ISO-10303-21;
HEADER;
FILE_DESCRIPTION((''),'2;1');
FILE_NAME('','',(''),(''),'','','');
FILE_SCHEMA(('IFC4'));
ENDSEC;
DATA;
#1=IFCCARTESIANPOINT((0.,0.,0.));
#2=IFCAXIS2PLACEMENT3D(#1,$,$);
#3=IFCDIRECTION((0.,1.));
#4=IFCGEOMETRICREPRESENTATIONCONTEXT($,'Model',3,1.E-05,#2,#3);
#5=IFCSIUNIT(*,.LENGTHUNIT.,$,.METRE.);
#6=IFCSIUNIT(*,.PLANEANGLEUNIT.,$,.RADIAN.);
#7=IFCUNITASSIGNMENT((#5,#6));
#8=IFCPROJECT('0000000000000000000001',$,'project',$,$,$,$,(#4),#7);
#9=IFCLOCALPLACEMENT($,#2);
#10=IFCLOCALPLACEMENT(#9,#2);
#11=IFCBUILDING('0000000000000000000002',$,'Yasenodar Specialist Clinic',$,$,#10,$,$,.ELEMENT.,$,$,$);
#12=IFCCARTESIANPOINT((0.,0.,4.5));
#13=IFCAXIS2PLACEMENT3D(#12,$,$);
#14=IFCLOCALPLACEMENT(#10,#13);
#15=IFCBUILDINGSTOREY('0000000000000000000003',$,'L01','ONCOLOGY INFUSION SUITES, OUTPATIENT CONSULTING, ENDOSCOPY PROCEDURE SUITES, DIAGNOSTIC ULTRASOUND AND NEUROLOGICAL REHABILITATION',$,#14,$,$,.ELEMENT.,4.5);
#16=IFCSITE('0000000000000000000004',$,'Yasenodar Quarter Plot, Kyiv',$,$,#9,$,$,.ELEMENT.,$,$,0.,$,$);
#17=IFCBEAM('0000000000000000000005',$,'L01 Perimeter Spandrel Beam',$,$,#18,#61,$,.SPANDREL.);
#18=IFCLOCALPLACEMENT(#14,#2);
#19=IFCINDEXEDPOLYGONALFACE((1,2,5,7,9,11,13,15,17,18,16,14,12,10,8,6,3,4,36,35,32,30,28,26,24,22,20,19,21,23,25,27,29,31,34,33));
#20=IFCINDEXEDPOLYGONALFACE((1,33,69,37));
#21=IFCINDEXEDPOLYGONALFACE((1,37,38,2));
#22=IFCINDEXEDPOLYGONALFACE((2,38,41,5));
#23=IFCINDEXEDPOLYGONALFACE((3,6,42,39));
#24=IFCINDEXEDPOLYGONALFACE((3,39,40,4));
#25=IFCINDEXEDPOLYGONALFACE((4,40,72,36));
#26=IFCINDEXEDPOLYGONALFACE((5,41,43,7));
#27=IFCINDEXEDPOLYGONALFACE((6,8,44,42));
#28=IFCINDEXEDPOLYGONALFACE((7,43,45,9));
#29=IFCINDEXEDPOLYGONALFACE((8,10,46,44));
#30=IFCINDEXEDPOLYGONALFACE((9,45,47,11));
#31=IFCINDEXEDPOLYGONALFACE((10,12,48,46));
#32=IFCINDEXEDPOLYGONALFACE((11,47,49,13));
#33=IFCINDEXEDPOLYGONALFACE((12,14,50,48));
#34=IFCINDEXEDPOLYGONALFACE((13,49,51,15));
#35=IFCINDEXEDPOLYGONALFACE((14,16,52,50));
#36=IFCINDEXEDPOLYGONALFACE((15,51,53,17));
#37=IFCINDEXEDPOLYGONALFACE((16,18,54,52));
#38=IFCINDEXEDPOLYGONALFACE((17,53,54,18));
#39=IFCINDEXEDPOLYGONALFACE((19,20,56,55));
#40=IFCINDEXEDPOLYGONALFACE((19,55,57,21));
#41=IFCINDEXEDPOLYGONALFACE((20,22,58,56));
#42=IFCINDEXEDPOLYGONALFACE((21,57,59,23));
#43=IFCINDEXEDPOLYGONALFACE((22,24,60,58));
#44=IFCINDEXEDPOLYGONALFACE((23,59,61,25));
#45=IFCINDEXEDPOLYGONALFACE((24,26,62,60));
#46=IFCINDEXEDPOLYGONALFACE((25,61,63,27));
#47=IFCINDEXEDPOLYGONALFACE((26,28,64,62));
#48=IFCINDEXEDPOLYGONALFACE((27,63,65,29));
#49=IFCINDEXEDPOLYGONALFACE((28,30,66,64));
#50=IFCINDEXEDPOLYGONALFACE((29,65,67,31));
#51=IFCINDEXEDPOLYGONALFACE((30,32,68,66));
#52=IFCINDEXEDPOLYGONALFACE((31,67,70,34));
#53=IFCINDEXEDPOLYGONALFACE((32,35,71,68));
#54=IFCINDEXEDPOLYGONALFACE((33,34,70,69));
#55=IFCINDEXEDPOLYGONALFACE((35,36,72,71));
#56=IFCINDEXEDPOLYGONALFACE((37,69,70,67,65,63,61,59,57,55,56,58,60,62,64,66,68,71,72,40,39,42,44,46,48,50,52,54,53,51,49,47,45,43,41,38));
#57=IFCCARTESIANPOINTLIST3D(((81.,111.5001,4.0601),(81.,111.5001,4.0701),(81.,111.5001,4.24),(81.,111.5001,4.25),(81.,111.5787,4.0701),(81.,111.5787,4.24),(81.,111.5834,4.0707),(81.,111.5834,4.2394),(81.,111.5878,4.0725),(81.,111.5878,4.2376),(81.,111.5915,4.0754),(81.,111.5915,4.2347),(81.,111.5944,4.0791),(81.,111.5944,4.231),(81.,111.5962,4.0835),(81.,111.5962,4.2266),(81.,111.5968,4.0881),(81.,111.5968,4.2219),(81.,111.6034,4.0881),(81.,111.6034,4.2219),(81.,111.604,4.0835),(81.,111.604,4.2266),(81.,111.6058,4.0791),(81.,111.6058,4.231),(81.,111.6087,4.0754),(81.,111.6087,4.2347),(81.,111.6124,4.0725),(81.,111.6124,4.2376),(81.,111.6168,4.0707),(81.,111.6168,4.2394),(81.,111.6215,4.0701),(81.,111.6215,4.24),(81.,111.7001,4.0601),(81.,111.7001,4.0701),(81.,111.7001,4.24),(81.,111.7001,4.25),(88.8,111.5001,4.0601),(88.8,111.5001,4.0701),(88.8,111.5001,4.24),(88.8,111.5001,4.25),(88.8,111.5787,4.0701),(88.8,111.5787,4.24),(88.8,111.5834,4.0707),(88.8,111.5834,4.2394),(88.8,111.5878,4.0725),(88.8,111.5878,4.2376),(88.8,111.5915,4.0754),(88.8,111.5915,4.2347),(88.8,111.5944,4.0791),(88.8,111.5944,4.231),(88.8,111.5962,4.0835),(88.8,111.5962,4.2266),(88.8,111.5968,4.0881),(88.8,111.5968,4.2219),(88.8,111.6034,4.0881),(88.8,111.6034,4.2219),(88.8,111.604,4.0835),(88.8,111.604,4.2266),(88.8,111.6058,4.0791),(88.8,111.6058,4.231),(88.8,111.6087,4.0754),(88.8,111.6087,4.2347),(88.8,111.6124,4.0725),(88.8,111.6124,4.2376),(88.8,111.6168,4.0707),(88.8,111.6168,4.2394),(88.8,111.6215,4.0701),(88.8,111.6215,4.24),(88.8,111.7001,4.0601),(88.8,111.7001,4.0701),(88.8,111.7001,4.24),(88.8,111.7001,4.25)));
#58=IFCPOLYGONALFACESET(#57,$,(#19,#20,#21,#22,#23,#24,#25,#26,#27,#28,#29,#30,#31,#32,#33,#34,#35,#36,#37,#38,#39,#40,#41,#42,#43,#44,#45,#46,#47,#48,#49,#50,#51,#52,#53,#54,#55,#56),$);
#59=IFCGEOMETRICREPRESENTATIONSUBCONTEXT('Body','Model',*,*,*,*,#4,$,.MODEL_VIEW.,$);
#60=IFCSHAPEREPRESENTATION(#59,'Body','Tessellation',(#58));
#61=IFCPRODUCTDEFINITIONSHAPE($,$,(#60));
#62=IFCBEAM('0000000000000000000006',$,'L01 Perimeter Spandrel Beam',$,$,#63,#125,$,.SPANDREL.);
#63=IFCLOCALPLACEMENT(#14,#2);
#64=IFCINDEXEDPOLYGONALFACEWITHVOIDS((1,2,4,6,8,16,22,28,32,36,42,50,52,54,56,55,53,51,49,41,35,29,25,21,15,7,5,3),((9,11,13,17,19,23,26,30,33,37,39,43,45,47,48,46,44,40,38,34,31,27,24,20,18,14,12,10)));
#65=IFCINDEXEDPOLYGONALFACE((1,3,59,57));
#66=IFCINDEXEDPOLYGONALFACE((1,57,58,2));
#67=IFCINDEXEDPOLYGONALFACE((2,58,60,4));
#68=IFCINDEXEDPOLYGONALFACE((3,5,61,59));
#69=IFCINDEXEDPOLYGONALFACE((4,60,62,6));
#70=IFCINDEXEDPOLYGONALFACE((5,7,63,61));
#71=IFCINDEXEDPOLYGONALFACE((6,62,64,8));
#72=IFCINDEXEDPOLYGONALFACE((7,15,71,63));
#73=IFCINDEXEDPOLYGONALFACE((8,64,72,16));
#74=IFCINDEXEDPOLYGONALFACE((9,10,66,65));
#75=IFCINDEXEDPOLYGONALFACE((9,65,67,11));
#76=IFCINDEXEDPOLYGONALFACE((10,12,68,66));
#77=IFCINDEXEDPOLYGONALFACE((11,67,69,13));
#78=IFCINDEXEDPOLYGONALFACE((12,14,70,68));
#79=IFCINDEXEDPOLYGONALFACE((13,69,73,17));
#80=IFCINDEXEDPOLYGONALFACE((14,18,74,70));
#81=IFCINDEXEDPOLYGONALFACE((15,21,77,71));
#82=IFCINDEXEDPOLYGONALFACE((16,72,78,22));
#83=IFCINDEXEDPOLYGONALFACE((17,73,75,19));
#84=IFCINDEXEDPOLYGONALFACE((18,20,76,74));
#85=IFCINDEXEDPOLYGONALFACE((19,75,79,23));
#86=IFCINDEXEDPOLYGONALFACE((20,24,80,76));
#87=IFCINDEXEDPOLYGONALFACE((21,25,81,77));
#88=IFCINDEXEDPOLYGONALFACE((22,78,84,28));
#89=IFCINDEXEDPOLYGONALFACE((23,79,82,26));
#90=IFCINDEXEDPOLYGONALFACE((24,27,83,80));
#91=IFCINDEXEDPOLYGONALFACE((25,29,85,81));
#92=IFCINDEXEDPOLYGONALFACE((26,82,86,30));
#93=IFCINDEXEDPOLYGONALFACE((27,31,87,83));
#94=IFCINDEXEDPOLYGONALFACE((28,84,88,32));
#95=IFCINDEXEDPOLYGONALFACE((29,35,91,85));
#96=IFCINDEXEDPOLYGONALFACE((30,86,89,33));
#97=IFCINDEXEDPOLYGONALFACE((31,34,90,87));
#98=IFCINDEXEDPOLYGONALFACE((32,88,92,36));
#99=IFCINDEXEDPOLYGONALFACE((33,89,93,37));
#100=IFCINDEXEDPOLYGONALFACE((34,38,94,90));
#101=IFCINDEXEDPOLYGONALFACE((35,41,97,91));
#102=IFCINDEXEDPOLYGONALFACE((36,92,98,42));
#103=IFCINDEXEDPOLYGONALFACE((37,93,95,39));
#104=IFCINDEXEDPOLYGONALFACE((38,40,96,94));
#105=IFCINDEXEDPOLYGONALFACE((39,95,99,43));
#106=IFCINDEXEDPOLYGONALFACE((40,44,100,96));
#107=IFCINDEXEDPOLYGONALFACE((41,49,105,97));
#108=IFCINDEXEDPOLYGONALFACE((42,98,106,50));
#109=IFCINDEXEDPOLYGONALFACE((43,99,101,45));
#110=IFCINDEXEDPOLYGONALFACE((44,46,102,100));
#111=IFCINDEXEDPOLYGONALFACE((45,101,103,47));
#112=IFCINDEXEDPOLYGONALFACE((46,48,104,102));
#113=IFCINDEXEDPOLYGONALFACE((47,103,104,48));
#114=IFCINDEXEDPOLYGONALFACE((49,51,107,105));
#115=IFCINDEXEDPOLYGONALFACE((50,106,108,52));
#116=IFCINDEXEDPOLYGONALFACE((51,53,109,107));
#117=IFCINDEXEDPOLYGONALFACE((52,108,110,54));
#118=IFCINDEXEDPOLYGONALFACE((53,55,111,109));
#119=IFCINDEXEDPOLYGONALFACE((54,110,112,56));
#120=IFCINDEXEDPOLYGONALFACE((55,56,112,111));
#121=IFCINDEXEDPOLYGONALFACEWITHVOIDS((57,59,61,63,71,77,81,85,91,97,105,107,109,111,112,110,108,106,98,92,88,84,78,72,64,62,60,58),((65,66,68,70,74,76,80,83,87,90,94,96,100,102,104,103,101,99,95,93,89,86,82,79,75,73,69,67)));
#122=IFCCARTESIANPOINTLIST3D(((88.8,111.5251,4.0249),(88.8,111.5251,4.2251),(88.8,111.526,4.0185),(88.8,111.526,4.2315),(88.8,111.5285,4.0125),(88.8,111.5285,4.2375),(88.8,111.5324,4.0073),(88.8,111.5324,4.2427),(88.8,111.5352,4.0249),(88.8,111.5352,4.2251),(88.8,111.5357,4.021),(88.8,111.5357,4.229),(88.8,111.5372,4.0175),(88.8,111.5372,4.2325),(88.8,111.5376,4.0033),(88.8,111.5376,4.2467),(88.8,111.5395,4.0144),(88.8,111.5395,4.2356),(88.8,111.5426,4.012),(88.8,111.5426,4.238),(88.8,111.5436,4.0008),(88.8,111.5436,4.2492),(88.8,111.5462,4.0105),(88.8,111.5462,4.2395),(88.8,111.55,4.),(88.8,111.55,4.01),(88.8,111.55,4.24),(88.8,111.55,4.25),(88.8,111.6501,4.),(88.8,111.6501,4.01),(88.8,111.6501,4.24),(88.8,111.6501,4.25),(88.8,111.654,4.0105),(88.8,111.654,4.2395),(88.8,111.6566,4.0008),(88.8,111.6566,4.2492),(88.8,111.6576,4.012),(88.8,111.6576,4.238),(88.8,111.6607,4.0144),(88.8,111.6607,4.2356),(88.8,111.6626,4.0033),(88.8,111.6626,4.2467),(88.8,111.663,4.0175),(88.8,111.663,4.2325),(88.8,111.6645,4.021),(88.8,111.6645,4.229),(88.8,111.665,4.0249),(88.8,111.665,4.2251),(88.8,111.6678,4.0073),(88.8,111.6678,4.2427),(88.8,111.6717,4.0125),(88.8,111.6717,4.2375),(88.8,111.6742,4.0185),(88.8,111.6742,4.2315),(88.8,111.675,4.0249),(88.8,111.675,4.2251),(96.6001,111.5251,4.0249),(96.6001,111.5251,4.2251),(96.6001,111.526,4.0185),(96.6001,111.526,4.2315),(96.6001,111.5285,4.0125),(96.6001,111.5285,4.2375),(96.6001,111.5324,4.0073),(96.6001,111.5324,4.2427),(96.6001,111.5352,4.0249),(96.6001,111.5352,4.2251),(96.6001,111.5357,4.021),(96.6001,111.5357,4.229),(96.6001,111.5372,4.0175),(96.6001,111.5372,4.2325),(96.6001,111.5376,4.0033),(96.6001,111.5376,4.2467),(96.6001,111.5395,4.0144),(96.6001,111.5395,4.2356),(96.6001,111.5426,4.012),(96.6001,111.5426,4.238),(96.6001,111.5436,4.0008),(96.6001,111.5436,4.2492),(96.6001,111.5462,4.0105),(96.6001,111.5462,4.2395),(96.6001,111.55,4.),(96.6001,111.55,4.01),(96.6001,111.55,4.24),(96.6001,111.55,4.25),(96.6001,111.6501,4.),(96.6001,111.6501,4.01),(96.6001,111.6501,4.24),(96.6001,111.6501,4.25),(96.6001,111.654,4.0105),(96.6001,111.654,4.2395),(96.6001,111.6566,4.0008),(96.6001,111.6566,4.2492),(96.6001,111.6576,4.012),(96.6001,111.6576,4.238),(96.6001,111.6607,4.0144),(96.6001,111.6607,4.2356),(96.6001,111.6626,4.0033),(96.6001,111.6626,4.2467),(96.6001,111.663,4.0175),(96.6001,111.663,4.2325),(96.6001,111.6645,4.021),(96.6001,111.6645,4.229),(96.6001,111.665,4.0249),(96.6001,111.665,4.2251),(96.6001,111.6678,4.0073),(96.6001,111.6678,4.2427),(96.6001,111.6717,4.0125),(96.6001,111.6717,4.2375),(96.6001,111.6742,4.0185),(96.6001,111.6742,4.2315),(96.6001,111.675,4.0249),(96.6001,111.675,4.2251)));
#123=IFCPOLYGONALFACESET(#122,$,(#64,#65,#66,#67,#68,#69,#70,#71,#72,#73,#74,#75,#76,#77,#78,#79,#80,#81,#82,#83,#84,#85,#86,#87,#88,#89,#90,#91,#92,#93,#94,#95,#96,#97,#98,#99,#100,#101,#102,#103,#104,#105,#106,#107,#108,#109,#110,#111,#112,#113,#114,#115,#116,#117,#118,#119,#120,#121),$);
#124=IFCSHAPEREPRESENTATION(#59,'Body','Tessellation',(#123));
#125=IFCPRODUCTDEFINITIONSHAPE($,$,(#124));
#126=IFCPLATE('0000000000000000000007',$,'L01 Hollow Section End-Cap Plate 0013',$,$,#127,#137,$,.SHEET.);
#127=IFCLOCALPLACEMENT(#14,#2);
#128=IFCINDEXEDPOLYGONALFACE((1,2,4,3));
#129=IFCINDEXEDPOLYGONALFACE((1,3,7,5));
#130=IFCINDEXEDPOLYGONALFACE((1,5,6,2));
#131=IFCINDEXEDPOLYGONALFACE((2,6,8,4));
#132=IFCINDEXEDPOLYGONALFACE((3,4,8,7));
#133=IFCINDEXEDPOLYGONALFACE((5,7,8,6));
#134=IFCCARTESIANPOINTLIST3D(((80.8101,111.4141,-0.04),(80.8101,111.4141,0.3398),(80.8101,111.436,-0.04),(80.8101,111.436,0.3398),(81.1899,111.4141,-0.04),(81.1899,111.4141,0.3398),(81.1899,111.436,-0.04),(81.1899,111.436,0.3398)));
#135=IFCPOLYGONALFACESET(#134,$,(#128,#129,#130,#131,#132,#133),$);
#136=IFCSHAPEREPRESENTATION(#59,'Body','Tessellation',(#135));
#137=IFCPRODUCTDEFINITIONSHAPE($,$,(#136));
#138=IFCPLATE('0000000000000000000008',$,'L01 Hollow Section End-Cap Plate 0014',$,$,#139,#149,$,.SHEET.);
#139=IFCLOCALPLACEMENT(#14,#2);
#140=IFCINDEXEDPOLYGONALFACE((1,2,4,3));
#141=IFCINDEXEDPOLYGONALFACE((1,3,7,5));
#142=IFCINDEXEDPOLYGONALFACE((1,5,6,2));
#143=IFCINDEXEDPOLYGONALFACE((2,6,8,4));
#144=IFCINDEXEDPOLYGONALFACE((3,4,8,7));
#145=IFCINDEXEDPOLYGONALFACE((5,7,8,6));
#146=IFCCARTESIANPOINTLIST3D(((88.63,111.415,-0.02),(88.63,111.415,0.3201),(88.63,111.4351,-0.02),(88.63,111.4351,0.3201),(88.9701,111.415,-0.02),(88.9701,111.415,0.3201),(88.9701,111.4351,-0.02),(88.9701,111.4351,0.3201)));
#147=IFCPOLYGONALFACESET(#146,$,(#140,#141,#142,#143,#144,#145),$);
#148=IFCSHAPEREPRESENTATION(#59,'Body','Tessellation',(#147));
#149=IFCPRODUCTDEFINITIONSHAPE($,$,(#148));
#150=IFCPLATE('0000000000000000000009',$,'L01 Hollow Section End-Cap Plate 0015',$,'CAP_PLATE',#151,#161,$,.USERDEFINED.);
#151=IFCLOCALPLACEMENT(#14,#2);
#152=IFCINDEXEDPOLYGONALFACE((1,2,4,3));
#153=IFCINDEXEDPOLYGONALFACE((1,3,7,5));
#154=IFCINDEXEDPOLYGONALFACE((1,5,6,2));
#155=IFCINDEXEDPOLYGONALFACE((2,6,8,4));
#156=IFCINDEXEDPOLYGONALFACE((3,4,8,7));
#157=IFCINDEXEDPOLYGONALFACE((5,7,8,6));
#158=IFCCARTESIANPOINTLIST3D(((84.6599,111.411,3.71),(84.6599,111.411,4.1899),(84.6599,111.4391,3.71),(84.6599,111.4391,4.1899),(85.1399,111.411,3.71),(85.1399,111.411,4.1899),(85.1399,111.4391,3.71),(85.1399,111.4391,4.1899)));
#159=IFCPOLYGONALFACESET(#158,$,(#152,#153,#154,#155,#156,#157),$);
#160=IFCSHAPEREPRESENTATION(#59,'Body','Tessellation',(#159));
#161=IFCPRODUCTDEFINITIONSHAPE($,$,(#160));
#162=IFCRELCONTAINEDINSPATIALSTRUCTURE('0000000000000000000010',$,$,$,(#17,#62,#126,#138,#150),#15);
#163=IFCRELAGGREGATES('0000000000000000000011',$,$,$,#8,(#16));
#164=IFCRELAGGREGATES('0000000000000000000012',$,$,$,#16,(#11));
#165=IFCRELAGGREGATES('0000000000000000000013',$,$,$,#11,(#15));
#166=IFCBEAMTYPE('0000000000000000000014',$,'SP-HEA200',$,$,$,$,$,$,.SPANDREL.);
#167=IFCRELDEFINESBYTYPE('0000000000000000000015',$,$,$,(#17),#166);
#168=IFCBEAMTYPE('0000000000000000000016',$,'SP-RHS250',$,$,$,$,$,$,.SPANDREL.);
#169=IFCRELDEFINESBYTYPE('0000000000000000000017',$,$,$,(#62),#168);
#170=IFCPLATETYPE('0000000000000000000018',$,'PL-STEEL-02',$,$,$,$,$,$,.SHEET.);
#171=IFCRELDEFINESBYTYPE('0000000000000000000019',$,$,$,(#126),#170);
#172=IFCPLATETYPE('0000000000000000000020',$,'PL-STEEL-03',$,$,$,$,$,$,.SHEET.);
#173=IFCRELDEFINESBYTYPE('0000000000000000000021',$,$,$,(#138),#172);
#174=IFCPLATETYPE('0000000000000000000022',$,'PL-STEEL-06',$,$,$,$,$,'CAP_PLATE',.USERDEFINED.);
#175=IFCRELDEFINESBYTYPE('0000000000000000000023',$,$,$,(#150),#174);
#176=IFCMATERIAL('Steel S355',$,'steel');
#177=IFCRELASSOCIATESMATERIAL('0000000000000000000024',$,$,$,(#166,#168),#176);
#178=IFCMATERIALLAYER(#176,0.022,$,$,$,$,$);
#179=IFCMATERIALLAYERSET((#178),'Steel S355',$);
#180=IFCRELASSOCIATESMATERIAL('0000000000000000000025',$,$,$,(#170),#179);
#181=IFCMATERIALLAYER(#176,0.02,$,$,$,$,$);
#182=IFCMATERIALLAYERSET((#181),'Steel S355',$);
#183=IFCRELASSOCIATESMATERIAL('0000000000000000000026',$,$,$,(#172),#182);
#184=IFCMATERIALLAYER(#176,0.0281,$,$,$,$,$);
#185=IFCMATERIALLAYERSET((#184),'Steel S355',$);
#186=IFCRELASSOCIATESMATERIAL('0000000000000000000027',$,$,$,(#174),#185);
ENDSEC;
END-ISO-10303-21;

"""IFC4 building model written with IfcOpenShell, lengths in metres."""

from ifc_helpers import new_model, si_unit, direction, frame, origin, origin_2d, place, context, subcontext, project, spatial, rectangle, hollow_rectangle, i_section, extrude, material, layer, layer_set, material_profile, profile_set, type_object, element, save


model = new_model("IFC4")

# Units and contexts
model_context = context("Model", 3, precision=1e-05, world=origin(), true_north=direction((0.0, 1.0)))
body_context = subcontext(model_context, "Body", "Model", "MODEL_VIEW")
ifc_project = project(units=[si_unit("LENGTHUNIT", "METRE"), si_unit("PLANEANGLEUNIT", "RADIAN")], contexts=[model_context])

# Site, building, storey
site_placement = place(None, origin())
site = spatial("IfcSite", under=ifc_project, at=site_placement, Name="Yasenodar Quarter Plot, Kyiv", CompositionType="ELEMENT", RefElevation=0.0)
building_placement = place(site_placement, origin())
building = spatial("IfcBuilding", under=site, at=building_placement, Name="Yasenodar Specialist Clinic", CompositionType="ELEMENT")
storey_placement = place(building_placement, frame((0.0, 0.0, 4.5)))
storey = spatial("IfcBuildingStorey", under=building, at=storey_placement, Name="L01", Description="ONCOLOGY INFUSION SUITES, OUTPATIENT CONSULTING, ENDOSCOPY PROCEDURE SUITES, DIAGNOSTIC ULTRASOUND AND NEUROLOGICAL REHABILITATION", CompositionType="ELEMENT", Elevation=4.5)

# Shared definitions
ifc_material_1 = material(Name="Steel S355", Category="steel")

# Beams
ifc_material_profile_1 = material_profile(ifc_material_1, i_section(OverallWidth=0.2, OverallDepth=0.1899, WebThickness=0.0066, FlangeThickness=0.01, FilletRadius=0.0181, at=origin_2d()), Name="HEA 200")
ifc_profile_set_1 = profile_set([ifc_material_profile_1], Name="Steel S355")
beam_type_1 = type_object("IfcBeamType", Name="SP-HEA200", PredefinedType="SPANDREL", material=ifc_profile_set_1)
beam_1_placement = place(storey_placement, frame((81.0, 111.6001, 4.155), z_axis=(1.0, 0.0, 0.0), x_axis=(0.0, 1.0, 0.0)))
element("IfcBeam", 1, at=beam_1_placement, inside=storey, type_object=beam_type_1, Name="L01 Perimeter Spandrel Beam", PredefinedType="SPANDREL", context=body_context, shape_type="SweptSolid", body=[
    extrude(i_section(OverallWidth=0.2, OverallDepth=0.1899, WebThickness=0.0066, FlangeThickness=0.01, FilletRadius=0.0181, at=origin_2d()), origin(), (0.0, 0.0, 1.0), 7.8),
])
ifc_material_profile_2 = material_profile(ifc_material_1, hollow_rectangle(XDim=0.1499, YDim=0.25, WallThickness=0.01, InnerFilletRadius=0.0149, OuterFilletRadius=0.0249, at=origin_2d()), Name="RHS 250x150x10")
ifc_profile_set_2 = profile_set([ifc_material_profile_2], Name="Steel S355")
beam_type_2 = type_object("IfcBeamType", Name="SP-RHS250", PredefinedType="SPANDREL", material=ifc_profile_set_2)
beam_2_placement = place(storey_placement, frame((88.8, 111.6001, 4.125), z_axis=(1.0, 0.0, 0.0), x_axis=(0.0, 1.0, 0.0)))
element("IfcBeam", 2, at=beam_2_placement, inside=storey, type_object=beam_type_2, Name="L01 Perimeter Spandrel Beam", PredefinedType="SPANDREL", context=body_context, shape_type="SweptSolid", body=[
    extrude(hollow_rectangle(XDim=0.1499, YDim=0.25, WallThickness=0.01, InnerFilletRadius=0.0149, OuterFilletRadius=0.0249, at=origin_2d()), origin(), (0.0, 0.0, 1.0), 7.8),
])

# Plates
ifc_layer_1 = layer(ifc_material_1, 0.022)
ifc_layer_set_1 = layer_set([ifc_layer_1], Name="Steel S355")
plate_type_1 = type_object("IfcPlateType", Name="PL-STEEL-02", PredefinedType="SHEET", material=ifc_layer_set_1)
plate_1_placement = place(storey_placement, frame((81.0, 111.425, -0.04), z_axis=(0.0, 0.0, 1.0), x_axis=(1.0, 0.0, 0.0)))
element("IfcPlate", 3, at=plate_1_placement, inside=storey, type_object=plate_type_1, Name="L01 Hollow Section End-Cap Plate 0013", PredefinedType="SHEET", context=body_context, shape_type="SweptSolid", body=[
    extrude(rectangle(XDim=0.3799, YDim=0.022, at=origin_2d()), origin(), (0.0, 0.0, 1.0), 0.3799),
])
ifc_layer_2 = layer(ifc_material_1, 0.02)
ifc_layer_set_2 = layer_set([ifc_layer_2], Name="Steel S355")
plate_type_2 = type_object("IfcPlateType", Name="PL-STEEL-03", PredefinedType="SHEET", material=ifc_layer_set_2)
plate_2_placement = place(storey_placement, frame((88.8, 111.425, -0.02), z_axis=(0.0, 0.0, 1.0), x_axis=(1.0, 0.0, 0.0)))
element("IfcPlate", 4, at=plate_2_placement, inside=storey, type_object=plate_type_2, Name="L01 Hollow Section End-Cap Plate 0014", PredefinedType="SHEET", context=body_context, shape_type="SweptSolid", body=[
    extrude(rectangle(XDim=0.3401, YDim=0.02, at=origin_2d()), origin(), (0.0, 0.0, 1.0), 0.3401),
])
ifc_layer_3 = layer(ifc_material_1, 0.0281)
ifc_layer_set_3 = layer_set([ifc_layer_3], Name="Steel S355")
plate_type_3 = type_object("IfcPlateType", Name="PL-STEEL-06", ElementType="CAP_PLATE", PredefinedType="USERDEFINED", material=ifc_layer_set_3)
plate_3_placement = place(storey_placement, frame((84.8999, 111.425, 3.71), z_axis=(0.0, 0.0, 1.0), x_axis=(1.0, 0.0, 0.0)))
element("IfcPlate", 5, at=plate_3_placement, inside=storey, type_object=plate_type_3, Name="L01 Hollow Section End-Cap Plate 0015", ObjectType="CAP_PLATE", PredefinedType="USERDEFINED", context=body_context, shape_type="SweptSolid", body=[
    extrude(rectangle(XDim=0.48, YDim=0.0281, at=origin_2d()), origin(), (0.0, 0.0, 1.0), 0.48),
])

save(model, "model.ifc")
